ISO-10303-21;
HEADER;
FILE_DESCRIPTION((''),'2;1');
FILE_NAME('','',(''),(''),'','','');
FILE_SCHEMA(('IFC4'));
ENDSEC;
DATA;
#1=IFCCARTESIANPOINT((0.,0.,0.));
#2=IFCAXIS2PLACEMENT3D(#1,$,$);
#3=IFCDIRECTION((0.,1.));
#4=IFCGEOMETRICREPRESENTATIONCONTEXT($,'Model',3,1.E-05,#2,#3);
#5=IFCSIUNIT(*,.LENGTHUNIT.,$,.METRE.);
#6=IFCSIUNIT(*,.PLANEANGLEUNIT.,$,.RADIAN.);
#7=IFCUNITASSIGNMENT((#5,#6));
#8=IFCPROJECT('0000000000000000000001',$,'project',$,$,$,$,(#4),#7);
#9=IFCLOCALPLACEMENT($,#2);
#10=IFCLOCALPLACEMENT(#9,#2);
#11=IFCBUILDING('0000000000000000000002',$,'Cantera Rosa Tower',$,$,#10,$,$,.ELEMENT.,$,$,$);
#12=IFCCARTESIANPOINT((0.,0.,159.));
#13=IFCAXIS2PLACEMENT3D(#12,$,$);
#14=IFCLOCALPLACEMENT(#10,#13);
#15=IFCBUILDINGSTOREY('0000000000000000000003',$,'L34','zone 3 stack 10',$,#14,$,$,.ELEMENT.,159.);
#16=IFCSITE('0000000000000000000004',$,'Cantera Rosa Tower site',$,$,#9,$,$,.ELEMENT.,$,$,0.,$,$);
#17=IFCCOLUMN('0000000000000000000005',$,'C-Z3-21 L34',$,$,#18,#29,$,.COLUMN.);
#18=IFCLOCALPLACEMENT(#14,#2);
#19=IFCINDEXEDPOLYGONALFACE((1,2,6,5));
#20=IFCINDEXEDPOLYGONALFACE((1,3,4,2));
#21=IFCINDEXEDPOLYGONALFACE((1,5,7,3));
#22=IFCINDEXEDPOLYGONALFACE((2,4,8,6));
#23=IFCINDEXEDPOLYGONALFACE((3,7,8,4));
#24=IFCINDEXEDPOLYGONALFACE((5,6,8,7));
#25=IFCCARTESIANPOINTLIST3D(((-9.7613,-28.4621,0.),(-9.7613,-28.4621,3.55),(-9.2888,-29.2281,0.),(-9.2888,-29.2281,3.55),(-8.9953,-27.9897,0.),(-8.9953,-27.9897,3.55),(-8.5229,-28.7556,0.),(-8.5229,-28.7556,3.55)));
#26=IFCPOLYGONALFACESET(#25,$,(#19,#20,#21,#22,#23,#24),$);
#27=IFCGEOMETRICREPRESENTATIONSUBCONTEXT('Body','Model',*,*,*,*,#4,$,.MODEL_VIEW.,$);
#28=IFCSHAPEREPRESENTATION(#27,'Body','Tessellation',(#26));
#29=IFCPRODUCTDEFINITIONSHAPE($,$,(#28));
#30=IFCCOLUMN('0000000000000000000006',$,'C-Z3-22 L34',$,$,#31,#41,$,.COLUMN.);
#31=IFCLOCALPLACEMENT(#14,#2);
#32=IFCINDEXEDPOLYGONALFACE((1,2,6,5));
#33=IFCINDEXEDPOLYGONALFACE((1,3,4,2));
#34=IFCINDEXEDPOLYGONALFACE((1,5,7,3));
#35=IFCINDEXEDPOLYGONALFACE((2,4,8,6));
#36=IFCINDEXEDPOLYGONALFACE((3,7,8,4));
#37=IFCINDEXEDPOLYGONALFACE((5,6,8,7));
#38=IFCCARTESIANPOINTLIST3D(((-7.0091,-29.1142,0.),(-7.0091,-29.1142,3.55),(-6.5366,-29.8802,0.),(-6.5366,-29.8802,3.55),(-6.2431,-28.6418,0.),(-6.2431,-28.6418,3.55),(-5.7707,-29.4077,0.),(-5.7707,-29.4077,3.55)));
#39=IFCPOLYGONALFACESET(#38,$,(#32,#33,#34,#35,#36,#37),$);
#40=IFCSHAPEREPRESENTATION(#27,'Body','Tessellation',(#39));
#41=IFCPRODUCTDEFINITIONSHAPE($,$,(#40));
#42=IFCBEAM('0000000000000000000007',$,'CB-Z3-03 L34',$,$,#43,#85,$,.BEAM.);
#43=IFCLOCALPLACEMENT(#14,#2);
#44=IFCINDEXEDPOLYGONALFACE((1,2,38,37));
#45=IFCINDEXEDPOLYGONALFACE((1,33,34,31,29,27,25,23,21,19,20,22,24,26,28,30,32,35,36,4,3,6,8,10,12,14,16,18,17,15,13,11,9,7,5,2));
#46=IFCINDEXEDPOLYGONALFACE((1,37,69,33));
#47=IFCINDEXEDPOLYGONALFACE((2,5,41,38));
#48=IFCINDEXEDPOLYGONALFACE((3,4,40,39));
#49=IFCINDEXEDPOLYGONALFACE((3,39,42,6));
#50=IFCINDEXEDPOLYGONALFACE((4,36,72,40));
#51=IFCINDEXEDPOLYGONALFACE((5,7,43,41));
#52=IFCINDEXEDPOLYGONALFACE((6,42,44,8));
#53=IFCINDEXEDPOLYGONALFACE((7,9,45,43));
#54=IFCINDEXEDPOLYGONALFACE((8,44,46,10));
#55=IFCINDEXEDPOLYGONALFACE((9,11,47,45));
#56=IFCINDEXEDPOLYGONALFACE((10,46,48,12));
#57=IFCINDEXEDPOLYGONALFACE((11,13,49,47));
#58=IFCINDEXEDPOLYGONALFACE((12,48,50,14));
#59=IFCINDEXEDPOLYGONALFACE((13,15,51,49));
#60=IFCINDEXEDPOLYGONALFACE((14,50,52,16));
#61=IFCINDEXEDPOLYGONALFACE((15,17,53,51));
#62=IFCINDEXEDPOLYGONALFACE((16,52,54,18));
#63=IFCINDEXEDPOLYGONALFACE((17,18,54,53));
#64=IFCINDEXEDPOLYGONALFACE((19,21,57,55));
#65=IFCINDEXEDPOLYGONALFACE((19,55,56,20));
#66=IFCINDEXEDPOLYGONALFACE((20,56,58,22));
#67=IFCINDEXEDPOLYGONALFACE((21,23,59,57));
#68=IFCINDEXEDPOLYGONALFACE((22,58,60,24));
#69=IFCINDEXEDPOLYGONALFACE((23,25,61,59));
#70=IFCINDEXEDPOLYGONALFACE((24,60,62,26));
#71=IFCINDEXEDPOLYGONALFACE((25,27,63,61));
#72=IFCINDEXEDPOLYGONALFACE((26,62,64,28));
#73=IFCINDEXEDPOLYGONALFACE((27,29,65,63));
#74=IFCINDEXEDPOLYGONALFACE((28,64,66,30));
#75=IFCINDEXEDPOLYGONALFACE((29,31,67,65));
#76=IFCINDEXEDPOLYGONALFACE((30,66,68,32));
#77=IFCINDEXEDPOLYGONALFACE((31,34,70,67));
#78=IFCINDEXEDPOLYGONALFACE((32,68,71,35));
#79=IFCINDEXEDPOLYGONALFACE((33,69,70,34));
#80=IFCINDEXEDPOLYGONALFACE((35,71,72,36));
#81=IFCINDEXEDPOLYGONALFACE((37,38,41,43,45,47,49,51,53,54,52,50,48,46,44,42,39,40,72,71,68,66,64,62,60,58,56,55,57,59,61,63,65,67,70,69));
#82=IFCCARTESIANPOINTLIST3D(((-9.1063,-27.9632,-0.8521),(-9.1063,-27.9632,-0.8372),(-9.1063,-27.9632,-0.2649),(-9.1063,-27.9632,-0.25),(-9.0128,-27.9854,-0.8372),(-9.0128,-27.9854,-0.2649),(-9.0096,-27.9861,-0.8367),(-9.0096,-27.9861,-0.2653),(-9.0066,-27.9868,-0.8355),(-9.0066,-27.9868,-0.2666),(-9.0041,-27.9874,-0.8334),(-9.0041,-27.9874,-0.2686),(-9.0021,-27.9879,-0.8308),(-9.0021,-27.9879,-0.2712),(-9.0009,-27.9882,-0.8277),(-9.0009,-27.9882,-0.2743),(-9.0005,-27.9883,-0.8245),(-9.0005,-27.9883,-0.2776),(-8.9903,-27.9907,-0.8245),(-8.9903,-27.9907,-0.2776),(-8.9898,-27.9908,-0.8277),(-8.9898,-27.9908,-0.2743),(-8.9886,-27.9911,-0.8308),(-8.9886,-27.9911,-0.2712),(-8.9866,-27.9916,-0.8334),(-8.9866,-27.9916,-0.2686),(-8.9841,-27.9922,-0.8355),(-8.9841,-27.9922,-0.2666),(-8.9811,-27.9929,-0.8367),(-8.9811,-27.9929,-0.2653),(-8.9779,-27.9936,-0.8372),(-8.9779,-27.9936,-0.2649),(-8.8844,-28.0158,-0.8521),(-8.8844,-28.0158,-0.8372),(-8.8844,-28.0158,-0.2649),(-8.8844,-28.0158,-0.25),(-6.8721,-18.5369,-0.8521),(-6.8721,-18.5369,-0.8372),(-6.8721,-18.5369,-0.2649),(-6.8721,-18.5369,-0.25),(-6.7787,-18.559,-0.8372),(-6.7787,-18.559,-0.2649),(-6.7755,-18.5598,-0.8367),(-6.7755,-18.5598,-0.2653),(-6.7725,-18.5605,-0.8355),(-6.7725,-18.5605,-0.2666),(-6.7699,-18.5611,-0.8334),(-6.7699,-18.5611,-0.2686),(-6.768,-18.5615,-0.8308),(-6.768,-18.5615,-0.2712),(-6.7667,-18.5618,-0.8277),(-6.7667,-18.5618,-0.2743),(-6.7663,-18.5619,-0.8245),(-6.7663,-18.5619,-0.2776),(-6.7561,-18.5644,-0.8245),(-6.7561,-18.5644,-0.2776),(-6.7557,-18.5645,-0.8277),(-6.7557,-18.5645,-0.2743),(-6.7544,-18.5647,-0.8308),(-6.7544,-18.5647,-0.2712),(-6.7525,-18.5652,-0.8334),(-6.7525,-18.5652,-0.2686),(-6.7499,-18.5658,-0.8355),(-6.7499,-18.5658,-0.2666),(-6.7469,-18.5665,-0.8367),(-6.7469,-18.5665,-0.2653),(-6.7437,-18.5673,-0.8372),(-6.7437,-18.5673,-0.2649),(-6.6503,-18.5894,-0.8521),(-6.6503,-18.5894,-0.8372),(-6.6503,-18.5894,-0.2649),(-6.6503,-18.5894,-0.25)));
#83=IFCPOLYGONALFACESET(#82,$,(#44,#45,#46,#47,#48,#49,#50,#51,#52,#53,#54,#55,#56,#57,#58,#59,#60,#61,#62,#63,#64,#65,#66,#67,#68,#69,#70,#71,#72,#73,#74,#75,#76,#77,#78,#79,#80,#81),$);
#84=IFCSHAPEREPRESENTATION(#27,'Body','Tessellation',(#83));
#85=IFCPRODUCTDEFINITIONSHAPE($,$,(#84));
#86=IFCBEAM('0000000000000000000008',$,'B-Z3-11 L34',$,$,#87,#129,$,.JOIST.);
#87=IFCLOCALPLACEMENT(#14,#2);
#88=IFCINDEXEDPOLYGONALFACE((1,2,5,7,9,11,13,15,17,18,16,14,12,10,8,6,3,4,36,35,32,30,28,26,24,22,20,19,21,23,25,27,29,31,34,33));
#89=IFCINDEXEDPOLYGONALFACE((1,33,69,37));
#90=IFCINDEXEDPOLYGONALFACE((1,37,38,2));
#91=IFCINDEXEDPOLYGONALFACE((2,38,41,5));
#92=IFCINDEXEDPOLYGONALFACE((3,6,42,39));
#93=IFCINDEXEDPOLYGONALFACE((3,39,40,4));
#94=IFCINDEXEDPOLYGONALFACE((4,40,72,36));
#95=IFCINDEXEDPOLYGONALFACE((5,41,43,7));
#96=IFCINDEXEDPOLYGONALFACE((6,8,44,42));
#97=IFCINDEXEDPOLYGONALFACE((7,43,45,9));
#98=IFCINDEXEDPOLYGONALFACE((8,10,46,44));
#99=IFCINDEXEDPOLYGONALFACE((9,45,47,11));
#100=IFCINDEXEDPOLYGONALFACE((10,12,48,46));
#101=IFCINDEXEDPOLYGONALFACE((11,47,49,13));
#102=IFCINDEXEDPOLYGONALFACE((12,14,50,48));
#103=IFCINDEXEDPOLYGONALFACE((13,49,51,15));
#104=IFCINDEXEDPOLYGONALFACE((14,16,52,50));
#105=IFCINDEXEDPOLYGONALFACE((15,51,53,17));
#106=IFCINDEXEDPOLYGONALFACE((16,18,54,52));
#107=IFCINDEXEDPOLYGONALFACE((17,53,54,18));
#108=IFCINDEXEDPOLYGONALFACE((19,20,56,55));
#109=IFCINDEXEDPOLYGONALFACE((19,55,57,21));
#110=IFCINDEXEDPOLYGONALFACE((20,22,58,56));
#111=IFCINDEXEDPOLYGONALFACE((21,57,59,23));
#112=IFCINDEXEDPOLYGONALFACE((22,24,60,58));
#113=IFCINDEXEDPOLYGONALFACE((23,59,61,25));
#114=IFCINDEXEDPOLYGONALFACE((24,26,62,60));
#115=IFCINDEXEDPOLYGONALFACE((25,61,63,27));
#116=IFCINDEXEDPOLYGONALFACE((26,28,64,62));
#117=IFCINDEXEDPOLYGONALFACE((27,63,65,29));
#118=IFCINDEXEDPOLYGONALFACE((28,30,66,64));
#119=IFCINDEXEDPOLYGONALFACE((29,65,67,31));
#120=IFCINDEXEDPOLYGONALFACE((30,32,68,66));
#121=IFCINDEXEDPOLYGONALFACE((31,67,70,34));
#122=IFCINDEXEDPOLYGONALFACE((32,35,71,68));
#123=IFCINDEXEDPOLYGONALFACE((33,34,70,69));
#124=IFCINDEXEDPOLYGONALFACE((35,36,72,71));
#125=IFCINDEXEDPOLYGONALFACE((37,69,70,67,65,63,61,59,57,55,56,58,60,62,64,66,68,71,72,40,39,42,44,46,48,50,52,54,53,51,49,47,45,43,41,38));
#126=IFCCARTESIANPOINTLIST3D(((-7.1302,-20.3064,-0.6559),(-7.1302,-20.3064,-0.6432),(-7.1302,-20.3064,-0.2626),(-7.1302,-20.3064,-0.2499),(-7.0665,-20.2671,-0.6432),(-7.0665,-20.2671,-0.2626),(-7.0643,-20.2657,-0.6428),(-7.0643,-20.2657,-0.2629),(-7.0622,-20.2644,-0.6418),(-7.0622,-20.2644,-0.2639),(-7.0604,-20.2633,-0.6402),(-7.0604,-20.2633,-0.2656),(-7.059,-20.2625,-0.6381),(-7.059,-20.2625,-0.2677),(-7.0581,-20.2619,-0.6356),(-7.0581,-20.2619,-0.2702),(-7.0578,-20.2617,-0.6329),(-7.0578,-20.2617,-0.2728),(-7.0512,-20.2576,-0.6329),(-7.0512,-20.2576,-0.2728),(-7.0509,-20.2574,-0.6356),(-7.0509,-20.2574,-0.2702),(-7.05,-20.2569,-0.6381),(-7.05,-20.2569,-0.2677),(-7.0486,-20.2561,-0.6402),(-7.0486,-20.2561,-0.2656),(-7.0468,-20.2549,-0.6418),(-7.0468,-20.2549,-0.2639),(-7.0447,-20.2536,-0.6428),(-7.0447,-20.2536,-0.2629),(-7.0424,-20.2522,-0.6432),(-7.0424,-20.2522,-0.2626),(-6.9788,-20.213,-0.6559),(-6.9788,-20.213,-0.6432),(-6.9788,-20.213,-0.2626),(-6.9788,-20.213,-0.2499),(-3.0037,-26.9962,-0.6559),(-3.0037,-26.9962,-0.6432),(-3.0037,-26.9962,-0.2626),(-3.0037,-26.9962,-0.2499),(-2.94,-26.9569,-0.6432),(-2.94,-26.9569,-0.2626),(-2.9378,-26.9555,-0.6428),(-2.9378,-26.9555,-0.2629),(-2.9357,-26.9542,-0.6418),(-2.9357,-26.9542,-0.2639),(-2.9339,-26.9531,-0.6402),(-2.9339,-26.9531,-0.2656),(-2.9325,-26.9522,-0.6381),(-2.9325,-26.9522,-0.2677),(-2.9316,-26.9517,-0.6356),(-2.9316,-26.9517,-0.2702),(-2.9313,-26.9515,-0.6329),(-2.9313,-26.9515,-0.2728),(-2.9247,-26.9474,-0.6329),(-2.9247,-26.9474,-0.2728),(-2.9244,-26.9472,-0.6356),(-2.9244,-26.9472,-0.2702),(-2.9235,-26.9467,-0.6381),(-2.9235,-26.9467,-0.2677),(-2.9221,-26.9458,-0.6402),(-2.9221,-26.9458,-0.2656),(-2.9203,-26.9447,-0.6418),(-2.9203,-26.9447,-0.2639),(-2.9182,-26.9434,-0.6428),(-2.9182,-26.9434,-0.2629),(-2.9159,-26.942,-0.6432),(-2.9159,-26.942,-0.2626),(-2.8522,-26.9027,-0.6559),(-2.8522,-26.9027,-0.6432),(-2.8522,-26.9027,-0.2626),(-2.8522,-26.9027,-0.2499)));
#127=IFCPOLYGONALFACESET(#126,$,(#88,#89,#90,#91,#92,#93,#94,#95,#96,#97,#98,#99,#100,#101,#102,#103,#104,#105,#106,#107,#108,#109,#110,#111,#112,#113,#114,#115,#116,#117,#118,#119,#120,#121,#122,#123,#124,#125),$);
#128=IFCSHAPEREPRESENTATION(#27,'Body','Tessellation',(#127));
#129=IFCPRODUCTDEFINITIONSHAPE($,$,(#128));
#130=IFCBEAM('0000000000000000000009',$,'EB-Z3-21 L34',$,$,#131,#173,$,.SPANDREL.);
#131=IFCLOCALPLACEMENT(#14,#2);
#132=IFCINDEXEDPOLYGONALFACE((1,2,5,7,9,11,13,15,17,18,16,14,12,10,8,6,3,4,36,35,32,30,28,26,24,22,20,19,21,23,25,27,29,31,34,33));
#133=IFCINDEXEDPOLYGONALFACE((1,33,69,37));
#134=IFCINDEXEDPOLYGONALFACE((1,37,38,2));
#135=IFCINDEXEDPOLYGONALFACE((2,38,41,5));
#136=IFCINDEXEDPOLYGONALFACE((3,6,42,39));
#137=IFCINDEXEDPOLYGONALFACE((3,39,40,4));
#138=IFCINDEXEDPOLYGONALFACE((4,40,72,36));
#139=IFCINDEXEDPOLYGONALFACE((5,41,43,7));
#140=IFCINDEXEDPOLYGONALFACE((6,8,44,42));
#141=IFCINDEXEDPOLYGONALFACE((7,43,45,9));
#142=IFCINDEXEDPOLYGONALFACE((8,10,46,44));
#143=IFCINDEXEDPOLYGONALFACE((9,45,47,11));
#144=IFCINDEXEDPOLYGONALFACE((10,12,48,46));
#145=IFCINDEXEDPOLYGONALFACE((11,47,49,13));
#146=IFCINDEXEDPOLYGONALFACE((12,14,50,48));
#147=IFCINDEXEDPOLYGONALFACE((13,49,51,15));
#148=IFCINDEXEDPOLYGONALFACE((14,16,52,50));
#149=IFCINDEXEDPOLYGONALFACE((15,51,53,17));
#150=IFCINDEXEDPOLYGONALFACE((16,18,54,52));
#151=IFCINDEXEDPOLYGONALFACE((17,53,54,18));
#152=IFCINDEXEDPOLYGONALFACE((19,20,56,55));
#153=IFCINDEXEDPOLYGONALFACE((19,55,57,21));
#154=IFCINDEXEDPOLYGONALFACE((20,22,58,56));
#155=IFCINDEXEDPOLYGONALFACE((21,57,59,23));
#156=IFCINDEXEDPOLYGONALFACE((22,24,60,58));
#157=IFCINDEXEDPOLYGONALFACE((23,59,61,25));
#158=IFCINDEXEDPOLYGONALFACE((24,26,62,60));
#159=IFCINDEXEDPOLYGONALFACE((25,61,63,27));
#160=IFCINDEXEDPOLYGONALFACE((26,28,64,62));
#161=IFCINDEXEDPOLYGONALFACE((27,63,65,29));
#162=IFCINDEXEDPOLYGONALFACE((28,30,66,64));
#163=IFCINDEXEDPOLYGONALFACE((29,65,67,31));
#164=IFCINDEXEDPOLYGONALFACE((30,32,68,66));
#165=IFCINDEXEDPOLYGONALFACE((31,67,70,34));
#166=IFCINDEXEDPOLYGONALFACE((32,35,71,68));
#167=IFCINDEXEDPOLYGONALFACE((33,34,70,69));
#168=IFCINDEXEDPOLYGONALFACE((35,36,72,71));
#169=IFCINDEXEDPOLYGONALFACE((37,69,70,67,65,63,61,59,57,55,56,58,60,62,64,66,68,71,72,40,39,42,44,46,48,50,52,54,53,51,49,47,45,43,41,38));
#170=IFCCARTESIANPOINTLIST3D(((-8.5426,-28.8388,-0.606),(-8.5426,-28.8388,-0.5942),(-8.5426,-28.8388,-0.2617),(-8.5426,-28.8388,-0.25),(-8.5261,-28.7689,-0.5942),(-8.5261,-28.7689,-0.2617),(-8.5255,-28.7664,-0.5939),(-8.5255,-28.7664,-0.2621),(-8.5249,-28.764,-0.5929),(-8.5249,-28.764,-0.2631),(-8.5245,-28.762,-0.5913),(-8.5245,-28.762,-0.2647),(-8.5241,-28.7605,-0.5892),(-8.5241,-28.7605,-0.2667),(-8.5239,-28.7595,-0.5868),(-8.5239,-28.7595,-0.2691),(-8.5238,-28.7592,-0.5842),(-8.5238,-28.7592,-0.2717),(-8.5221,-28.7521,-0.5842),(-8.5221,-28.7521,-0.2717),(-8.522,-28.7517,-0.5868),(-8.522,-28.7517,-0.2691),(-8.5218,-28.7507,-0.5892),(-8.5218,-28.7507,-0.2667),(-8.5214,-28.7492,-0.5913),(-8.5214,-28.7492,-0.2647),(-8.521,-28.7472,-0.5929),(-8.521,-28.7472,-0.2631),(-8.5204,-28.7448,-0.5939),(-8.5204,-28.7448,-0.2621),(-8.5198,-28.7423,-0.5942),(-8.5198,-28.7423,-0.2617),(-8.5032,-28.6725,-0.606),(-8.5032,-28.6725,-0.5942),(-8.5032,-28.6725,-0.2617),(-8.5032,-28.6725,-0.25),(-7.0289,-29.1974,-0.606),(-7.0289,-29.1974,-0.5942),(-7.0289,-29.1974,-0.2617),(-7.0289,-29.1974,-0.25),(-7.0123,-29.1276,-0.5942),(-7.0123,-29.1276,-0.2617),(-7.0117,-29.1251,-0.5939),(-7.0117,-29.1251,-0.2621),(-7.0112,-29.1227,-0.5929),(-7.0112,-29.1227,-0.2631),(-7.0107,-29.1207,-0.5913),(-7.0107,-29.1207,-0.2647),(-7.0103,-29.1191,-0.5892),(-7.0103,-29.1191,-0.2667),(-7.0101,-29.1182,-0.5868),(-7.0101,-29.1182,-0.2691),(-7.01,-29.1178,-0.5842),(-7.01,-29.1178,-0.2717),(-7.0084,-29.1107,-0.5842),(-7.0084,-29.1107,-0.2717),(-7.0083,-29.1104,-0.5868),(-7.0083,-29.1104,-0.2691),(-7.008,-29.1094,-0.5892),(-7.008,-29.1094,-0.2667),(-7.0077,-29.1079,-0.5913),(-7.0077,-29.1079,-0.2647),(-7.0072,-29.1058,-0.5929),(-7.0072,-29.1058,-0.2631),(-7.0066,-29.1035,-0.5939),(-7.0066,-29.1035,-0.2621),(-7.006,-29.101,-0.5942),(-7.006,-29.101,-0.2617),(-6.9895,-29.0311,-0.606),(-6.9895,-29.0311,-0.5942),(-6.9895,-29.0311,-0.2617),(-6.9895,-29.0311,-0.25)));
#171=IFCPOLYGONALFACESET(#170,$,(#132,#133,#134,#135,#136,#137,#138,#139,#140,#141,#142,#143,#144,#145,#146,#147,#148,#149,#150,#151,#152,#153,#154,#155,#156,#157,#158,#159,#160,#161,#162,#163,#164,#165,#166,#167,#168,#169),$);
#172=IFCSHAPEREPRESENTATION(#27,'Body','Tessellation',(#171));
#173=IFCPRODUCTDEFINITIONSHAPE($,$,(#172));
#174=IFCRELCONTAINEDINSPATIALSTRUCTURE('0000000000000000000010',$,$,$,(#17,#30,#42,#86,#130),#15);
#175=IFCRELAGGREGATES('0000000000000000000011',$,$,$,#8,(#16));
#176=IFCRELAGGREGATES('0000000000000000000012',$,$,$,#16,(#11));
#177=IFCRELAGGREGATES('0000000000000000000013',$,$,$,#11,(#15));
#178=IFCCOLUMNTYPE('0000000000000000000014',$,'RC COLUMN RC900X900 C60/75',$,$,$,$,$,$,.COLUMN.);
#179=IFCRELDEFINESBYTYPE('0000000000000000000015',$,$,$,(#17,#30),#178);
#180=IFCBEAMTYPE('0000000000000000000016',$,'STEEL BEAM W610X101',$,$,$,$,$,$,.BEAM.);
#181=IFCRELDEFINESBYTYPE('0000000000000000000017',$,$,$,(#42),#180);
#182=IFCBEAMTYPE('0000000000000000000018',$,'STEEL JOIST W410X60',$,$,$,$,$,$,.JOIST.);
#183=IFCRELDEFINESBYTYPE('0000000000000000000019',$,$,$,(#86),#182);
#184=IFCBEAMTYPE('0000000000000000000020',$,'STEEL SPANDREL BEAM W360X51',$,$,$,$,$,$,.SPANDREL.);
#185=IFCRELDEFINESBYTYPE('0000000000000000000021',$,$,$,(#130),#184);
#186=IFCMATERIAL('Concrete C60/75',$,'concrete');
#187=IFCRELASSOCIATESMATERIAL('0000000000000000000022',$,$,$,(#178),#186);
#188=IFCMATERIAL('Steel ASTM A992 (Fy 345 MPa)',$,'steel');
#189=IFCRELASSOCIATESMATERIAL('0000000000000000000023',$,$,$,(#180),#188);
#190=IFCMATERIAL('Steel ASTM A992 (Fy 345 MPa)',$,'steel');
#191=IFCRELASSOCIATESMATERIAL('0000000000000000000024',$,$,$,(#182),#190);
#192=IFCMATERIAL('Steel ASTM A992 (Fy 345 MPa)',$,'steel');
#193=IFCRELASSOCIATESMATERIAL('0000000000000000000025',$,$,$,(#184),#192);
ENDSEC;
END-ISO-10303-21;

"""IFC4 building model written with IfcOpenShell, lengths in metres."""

from ifc_helpers import new_model, si_unit, direction, frame, origin, origin_2d, place, context, subcontext, project, spatial, rectangle, i_section, extrude, material, material_profile, profile_set, type_object, element, save


model = new_model("IFC4")

# Units and contexts
model_context = context("Model", 3, precision=1e-05, world=origin(), true_north=direction((0.0, 1.0)))
body_context = subcontext(model_context, "Body", "Model", "MODEL_VIEW")
ifc_project = project(units=[si_unit("LENGTHUNIT", "METRE"), si_unit("PLANEANGLEUNIT", "RADIAN")], contexts=[model_context])

# Site, building, storey
site_placement = place(None, origin())
site = spatial("IfcSite", under=ifc_project, at=site_placement, Name="Cantera Rosa Tower site", CompositionType="ELEMENT", RefElevation=0.0)
building_placement = place(site_placement, origin())
building = spatial("IfcBuilding", under=site, at=building_placement, Name="Cantera Rosa Tower", CompositionType="ELEMENT")
storey_placement = place(building_placement, frame((0.0, 0.0, 159.0)))
storey = spatial("IfcBuildingStorey", under=building, at=storey_placement, Name="L34", Description="zone 3 stack 10", CompositionType="ELEMENT", Elevation=159.0)

# Columns
ifc_material_1 = material(Name="Concrete C60/75", Category="concrete")
ifc_material_profile_1 = material_profile(ifc_material_1, rectangle(XDim=0.8999, YDim=0.8999, at=origin_2d()), Name="RC COLUMN RC900X900 C60/75")
ifc_profile_set_1 = profile_set([ifc_material_profile_1], Name="Concrete C60/75")
column_type = type_object("IfcColumnType", Name="RC COLUMN RC900X900 C60/75", PredefinedType="COLUMN", material=ifc_profile_set_1)
for number, where, z_axis, x_axis, name in (
    (1, (-9.1421, -28.6089, 0.0), (0.0, 0.0, 1.0), (0.851117, 0.524977, 0.0), "C-Z3-21 L34"),
    (2, (-6.3899, -29.261, 0.0), (0.0, 0.0, 1.0), (0.851117, 0.524977, 0.0), "C-Z3-22 L34"),
):
    element("IfcColumn", number, at=place(storey_placement, frame(where, z_axis=z_axis, x_axis=x_axis)), inside=storey, type_object=column_type, Name=name, PredefinedType="COLUMN", context=body_context, shape_type="SweptSolid", body=[
        extrude(rectangle(XDim=0.8999, YDim=0.8999, at=origin_2d()), origin(), (0.0, 0.0, 1.0), 3.55),
    ])

# Beams
ifc_material_2 = material(Name="Steel ASTM A992 (Fy 345 MPa)", Category="steel")
ifc_material_profile_2 = material_profile(ifc_material_2, i_section(OverallWidth=0.228, OverallDepth=0.6021, WebThickness=0.0105, FlangeThickness=0.0149, FilletRadius=0.0127, at=origin_2d()), Name="W610X101")
ifc_profile_set_2 = profile_set([ifc_material_profile_2], Name="Steel ASTM A992 (Fy 345 MPa)")
beam_type_1 = type_object("IfcBeamType", Name="STEEL BEAM W610X101", PredefinedType="BEAM", material=ifc_profile_set_2)
beam_1_placement = place(storey_placement, frame((-8.9954, -27.9895, -0.551), z_axis=(0.230622, 0.973043, 0.0), x_axis=(-0.973043, 0.230622, 0.0)))
element("IfcBeam", 3, at=beam_1_placement, inside=storey, type_object=beam_type_1, Name="CB-Z3-03 L34", PredefinedType="BEAM", context=body_context, shape_type="SweptSolid", body=[
    extrude(i_section(OverallWidth=0.228, OverallDepth=0.6021, WebThickness=0.0105, FlangeThickness=0.0149, FilletRadius=0.0127, at=origin_2d()), origin(), (0.0, 0.0, 1.0), 9.6875),
])
ifc_material_3 = material(Name="Steel ASTM A992 (Fy 345 MPa)", Category="steel")
ifc_material_profile_3 = material_profile(ifc_material_3, i_section(OverallWidth=0.178, OverallDepth=0.406, WebThickness=0.0078, FlangeThickness=0.0127, FilletRadius=0.0103, at=origin_2d()), Name="W410X60")
ifc_profile_set_3 = profile_set([ifc_material_profile_3], Name="Steel ASTM A992 (Fy 345 MPa)")
beam_type_2 = type_object("IfcBeamType", Name="STEEL JOIST W410X60", PredefinedType="JOIST", material=ifc_profile_set_3)
beam_2_placement = place(storey_placement, frame((-2.928, -26.9495, -0.4529), z_axis=(-0.524995, 0.851105, 0.0), x_axis=(-0.851105, -0.524995, 0.0)))
element("IfcBeam", 4, at=beam_2_placement, inside=storey, type_object=beam_type_2, Name="B-Z3-11 L34", PredefinedType="JOIST", context=body_context, shape_type="SweptSolid", body=[
    extrude(i_section(OverallWidth=0.178, OverallDepth=0.406, WebThickness=0.0078, FlangeThickness=0.0127, FilletRadius=0.0103, at=origin_2d()), origin(), (0.0, 0.0, 1.0), 7.8601),
])
ifc_material_4 = material(Name="Steel ASTM A992 (Fy 345 MPa)", Category="steel")
ifc_material_profile_4 = material_profile(ifc_material_4, i_section(OverallWidth=0.1709, OverallDepth=0.356, WebThickness=0.0073, FlangeThickness=0.0117, FilletRadius=0.01, at=origin_2d()), Name="W360X51")
ifc_profile_set_4 = profile_set([ifc_material_profile_4], Name="Steel ASTM A992 (Fy 345 MPa)")
beam_type_3 = type_object("IfcBeamType", Name="STEEL SPANDREL BEAM W360X51", PredefinedType="SPANDREL", material=ifc_profile_set_4)
beam_3_placement = place(storey_placement, frame((-8.5229, -28.7556, -0.428), z_axis=(0.97306, -0.230552, 0.0), x_axis=(0.230552, 0.97306, 0.0)))
element("IfcBeam", 5, at=beam_3_placement, inside=storey, type_object=beam_type_3, Name="EB-Z3-21 L34", PredefinedType="SPANDREL", context=body_context, shape_type="SweptSolid", body=[
    extrude(i_section(OverallWidth=0.1709, OverallDepth=0.356, WebThickness=0.0073, FlangeThickness=0.0117, FilletRadius=0.01, at=origin_2d()), origin(), (0.0, 0.0, 1.0), 1.5557),
])

save(model, "model.ifc")
